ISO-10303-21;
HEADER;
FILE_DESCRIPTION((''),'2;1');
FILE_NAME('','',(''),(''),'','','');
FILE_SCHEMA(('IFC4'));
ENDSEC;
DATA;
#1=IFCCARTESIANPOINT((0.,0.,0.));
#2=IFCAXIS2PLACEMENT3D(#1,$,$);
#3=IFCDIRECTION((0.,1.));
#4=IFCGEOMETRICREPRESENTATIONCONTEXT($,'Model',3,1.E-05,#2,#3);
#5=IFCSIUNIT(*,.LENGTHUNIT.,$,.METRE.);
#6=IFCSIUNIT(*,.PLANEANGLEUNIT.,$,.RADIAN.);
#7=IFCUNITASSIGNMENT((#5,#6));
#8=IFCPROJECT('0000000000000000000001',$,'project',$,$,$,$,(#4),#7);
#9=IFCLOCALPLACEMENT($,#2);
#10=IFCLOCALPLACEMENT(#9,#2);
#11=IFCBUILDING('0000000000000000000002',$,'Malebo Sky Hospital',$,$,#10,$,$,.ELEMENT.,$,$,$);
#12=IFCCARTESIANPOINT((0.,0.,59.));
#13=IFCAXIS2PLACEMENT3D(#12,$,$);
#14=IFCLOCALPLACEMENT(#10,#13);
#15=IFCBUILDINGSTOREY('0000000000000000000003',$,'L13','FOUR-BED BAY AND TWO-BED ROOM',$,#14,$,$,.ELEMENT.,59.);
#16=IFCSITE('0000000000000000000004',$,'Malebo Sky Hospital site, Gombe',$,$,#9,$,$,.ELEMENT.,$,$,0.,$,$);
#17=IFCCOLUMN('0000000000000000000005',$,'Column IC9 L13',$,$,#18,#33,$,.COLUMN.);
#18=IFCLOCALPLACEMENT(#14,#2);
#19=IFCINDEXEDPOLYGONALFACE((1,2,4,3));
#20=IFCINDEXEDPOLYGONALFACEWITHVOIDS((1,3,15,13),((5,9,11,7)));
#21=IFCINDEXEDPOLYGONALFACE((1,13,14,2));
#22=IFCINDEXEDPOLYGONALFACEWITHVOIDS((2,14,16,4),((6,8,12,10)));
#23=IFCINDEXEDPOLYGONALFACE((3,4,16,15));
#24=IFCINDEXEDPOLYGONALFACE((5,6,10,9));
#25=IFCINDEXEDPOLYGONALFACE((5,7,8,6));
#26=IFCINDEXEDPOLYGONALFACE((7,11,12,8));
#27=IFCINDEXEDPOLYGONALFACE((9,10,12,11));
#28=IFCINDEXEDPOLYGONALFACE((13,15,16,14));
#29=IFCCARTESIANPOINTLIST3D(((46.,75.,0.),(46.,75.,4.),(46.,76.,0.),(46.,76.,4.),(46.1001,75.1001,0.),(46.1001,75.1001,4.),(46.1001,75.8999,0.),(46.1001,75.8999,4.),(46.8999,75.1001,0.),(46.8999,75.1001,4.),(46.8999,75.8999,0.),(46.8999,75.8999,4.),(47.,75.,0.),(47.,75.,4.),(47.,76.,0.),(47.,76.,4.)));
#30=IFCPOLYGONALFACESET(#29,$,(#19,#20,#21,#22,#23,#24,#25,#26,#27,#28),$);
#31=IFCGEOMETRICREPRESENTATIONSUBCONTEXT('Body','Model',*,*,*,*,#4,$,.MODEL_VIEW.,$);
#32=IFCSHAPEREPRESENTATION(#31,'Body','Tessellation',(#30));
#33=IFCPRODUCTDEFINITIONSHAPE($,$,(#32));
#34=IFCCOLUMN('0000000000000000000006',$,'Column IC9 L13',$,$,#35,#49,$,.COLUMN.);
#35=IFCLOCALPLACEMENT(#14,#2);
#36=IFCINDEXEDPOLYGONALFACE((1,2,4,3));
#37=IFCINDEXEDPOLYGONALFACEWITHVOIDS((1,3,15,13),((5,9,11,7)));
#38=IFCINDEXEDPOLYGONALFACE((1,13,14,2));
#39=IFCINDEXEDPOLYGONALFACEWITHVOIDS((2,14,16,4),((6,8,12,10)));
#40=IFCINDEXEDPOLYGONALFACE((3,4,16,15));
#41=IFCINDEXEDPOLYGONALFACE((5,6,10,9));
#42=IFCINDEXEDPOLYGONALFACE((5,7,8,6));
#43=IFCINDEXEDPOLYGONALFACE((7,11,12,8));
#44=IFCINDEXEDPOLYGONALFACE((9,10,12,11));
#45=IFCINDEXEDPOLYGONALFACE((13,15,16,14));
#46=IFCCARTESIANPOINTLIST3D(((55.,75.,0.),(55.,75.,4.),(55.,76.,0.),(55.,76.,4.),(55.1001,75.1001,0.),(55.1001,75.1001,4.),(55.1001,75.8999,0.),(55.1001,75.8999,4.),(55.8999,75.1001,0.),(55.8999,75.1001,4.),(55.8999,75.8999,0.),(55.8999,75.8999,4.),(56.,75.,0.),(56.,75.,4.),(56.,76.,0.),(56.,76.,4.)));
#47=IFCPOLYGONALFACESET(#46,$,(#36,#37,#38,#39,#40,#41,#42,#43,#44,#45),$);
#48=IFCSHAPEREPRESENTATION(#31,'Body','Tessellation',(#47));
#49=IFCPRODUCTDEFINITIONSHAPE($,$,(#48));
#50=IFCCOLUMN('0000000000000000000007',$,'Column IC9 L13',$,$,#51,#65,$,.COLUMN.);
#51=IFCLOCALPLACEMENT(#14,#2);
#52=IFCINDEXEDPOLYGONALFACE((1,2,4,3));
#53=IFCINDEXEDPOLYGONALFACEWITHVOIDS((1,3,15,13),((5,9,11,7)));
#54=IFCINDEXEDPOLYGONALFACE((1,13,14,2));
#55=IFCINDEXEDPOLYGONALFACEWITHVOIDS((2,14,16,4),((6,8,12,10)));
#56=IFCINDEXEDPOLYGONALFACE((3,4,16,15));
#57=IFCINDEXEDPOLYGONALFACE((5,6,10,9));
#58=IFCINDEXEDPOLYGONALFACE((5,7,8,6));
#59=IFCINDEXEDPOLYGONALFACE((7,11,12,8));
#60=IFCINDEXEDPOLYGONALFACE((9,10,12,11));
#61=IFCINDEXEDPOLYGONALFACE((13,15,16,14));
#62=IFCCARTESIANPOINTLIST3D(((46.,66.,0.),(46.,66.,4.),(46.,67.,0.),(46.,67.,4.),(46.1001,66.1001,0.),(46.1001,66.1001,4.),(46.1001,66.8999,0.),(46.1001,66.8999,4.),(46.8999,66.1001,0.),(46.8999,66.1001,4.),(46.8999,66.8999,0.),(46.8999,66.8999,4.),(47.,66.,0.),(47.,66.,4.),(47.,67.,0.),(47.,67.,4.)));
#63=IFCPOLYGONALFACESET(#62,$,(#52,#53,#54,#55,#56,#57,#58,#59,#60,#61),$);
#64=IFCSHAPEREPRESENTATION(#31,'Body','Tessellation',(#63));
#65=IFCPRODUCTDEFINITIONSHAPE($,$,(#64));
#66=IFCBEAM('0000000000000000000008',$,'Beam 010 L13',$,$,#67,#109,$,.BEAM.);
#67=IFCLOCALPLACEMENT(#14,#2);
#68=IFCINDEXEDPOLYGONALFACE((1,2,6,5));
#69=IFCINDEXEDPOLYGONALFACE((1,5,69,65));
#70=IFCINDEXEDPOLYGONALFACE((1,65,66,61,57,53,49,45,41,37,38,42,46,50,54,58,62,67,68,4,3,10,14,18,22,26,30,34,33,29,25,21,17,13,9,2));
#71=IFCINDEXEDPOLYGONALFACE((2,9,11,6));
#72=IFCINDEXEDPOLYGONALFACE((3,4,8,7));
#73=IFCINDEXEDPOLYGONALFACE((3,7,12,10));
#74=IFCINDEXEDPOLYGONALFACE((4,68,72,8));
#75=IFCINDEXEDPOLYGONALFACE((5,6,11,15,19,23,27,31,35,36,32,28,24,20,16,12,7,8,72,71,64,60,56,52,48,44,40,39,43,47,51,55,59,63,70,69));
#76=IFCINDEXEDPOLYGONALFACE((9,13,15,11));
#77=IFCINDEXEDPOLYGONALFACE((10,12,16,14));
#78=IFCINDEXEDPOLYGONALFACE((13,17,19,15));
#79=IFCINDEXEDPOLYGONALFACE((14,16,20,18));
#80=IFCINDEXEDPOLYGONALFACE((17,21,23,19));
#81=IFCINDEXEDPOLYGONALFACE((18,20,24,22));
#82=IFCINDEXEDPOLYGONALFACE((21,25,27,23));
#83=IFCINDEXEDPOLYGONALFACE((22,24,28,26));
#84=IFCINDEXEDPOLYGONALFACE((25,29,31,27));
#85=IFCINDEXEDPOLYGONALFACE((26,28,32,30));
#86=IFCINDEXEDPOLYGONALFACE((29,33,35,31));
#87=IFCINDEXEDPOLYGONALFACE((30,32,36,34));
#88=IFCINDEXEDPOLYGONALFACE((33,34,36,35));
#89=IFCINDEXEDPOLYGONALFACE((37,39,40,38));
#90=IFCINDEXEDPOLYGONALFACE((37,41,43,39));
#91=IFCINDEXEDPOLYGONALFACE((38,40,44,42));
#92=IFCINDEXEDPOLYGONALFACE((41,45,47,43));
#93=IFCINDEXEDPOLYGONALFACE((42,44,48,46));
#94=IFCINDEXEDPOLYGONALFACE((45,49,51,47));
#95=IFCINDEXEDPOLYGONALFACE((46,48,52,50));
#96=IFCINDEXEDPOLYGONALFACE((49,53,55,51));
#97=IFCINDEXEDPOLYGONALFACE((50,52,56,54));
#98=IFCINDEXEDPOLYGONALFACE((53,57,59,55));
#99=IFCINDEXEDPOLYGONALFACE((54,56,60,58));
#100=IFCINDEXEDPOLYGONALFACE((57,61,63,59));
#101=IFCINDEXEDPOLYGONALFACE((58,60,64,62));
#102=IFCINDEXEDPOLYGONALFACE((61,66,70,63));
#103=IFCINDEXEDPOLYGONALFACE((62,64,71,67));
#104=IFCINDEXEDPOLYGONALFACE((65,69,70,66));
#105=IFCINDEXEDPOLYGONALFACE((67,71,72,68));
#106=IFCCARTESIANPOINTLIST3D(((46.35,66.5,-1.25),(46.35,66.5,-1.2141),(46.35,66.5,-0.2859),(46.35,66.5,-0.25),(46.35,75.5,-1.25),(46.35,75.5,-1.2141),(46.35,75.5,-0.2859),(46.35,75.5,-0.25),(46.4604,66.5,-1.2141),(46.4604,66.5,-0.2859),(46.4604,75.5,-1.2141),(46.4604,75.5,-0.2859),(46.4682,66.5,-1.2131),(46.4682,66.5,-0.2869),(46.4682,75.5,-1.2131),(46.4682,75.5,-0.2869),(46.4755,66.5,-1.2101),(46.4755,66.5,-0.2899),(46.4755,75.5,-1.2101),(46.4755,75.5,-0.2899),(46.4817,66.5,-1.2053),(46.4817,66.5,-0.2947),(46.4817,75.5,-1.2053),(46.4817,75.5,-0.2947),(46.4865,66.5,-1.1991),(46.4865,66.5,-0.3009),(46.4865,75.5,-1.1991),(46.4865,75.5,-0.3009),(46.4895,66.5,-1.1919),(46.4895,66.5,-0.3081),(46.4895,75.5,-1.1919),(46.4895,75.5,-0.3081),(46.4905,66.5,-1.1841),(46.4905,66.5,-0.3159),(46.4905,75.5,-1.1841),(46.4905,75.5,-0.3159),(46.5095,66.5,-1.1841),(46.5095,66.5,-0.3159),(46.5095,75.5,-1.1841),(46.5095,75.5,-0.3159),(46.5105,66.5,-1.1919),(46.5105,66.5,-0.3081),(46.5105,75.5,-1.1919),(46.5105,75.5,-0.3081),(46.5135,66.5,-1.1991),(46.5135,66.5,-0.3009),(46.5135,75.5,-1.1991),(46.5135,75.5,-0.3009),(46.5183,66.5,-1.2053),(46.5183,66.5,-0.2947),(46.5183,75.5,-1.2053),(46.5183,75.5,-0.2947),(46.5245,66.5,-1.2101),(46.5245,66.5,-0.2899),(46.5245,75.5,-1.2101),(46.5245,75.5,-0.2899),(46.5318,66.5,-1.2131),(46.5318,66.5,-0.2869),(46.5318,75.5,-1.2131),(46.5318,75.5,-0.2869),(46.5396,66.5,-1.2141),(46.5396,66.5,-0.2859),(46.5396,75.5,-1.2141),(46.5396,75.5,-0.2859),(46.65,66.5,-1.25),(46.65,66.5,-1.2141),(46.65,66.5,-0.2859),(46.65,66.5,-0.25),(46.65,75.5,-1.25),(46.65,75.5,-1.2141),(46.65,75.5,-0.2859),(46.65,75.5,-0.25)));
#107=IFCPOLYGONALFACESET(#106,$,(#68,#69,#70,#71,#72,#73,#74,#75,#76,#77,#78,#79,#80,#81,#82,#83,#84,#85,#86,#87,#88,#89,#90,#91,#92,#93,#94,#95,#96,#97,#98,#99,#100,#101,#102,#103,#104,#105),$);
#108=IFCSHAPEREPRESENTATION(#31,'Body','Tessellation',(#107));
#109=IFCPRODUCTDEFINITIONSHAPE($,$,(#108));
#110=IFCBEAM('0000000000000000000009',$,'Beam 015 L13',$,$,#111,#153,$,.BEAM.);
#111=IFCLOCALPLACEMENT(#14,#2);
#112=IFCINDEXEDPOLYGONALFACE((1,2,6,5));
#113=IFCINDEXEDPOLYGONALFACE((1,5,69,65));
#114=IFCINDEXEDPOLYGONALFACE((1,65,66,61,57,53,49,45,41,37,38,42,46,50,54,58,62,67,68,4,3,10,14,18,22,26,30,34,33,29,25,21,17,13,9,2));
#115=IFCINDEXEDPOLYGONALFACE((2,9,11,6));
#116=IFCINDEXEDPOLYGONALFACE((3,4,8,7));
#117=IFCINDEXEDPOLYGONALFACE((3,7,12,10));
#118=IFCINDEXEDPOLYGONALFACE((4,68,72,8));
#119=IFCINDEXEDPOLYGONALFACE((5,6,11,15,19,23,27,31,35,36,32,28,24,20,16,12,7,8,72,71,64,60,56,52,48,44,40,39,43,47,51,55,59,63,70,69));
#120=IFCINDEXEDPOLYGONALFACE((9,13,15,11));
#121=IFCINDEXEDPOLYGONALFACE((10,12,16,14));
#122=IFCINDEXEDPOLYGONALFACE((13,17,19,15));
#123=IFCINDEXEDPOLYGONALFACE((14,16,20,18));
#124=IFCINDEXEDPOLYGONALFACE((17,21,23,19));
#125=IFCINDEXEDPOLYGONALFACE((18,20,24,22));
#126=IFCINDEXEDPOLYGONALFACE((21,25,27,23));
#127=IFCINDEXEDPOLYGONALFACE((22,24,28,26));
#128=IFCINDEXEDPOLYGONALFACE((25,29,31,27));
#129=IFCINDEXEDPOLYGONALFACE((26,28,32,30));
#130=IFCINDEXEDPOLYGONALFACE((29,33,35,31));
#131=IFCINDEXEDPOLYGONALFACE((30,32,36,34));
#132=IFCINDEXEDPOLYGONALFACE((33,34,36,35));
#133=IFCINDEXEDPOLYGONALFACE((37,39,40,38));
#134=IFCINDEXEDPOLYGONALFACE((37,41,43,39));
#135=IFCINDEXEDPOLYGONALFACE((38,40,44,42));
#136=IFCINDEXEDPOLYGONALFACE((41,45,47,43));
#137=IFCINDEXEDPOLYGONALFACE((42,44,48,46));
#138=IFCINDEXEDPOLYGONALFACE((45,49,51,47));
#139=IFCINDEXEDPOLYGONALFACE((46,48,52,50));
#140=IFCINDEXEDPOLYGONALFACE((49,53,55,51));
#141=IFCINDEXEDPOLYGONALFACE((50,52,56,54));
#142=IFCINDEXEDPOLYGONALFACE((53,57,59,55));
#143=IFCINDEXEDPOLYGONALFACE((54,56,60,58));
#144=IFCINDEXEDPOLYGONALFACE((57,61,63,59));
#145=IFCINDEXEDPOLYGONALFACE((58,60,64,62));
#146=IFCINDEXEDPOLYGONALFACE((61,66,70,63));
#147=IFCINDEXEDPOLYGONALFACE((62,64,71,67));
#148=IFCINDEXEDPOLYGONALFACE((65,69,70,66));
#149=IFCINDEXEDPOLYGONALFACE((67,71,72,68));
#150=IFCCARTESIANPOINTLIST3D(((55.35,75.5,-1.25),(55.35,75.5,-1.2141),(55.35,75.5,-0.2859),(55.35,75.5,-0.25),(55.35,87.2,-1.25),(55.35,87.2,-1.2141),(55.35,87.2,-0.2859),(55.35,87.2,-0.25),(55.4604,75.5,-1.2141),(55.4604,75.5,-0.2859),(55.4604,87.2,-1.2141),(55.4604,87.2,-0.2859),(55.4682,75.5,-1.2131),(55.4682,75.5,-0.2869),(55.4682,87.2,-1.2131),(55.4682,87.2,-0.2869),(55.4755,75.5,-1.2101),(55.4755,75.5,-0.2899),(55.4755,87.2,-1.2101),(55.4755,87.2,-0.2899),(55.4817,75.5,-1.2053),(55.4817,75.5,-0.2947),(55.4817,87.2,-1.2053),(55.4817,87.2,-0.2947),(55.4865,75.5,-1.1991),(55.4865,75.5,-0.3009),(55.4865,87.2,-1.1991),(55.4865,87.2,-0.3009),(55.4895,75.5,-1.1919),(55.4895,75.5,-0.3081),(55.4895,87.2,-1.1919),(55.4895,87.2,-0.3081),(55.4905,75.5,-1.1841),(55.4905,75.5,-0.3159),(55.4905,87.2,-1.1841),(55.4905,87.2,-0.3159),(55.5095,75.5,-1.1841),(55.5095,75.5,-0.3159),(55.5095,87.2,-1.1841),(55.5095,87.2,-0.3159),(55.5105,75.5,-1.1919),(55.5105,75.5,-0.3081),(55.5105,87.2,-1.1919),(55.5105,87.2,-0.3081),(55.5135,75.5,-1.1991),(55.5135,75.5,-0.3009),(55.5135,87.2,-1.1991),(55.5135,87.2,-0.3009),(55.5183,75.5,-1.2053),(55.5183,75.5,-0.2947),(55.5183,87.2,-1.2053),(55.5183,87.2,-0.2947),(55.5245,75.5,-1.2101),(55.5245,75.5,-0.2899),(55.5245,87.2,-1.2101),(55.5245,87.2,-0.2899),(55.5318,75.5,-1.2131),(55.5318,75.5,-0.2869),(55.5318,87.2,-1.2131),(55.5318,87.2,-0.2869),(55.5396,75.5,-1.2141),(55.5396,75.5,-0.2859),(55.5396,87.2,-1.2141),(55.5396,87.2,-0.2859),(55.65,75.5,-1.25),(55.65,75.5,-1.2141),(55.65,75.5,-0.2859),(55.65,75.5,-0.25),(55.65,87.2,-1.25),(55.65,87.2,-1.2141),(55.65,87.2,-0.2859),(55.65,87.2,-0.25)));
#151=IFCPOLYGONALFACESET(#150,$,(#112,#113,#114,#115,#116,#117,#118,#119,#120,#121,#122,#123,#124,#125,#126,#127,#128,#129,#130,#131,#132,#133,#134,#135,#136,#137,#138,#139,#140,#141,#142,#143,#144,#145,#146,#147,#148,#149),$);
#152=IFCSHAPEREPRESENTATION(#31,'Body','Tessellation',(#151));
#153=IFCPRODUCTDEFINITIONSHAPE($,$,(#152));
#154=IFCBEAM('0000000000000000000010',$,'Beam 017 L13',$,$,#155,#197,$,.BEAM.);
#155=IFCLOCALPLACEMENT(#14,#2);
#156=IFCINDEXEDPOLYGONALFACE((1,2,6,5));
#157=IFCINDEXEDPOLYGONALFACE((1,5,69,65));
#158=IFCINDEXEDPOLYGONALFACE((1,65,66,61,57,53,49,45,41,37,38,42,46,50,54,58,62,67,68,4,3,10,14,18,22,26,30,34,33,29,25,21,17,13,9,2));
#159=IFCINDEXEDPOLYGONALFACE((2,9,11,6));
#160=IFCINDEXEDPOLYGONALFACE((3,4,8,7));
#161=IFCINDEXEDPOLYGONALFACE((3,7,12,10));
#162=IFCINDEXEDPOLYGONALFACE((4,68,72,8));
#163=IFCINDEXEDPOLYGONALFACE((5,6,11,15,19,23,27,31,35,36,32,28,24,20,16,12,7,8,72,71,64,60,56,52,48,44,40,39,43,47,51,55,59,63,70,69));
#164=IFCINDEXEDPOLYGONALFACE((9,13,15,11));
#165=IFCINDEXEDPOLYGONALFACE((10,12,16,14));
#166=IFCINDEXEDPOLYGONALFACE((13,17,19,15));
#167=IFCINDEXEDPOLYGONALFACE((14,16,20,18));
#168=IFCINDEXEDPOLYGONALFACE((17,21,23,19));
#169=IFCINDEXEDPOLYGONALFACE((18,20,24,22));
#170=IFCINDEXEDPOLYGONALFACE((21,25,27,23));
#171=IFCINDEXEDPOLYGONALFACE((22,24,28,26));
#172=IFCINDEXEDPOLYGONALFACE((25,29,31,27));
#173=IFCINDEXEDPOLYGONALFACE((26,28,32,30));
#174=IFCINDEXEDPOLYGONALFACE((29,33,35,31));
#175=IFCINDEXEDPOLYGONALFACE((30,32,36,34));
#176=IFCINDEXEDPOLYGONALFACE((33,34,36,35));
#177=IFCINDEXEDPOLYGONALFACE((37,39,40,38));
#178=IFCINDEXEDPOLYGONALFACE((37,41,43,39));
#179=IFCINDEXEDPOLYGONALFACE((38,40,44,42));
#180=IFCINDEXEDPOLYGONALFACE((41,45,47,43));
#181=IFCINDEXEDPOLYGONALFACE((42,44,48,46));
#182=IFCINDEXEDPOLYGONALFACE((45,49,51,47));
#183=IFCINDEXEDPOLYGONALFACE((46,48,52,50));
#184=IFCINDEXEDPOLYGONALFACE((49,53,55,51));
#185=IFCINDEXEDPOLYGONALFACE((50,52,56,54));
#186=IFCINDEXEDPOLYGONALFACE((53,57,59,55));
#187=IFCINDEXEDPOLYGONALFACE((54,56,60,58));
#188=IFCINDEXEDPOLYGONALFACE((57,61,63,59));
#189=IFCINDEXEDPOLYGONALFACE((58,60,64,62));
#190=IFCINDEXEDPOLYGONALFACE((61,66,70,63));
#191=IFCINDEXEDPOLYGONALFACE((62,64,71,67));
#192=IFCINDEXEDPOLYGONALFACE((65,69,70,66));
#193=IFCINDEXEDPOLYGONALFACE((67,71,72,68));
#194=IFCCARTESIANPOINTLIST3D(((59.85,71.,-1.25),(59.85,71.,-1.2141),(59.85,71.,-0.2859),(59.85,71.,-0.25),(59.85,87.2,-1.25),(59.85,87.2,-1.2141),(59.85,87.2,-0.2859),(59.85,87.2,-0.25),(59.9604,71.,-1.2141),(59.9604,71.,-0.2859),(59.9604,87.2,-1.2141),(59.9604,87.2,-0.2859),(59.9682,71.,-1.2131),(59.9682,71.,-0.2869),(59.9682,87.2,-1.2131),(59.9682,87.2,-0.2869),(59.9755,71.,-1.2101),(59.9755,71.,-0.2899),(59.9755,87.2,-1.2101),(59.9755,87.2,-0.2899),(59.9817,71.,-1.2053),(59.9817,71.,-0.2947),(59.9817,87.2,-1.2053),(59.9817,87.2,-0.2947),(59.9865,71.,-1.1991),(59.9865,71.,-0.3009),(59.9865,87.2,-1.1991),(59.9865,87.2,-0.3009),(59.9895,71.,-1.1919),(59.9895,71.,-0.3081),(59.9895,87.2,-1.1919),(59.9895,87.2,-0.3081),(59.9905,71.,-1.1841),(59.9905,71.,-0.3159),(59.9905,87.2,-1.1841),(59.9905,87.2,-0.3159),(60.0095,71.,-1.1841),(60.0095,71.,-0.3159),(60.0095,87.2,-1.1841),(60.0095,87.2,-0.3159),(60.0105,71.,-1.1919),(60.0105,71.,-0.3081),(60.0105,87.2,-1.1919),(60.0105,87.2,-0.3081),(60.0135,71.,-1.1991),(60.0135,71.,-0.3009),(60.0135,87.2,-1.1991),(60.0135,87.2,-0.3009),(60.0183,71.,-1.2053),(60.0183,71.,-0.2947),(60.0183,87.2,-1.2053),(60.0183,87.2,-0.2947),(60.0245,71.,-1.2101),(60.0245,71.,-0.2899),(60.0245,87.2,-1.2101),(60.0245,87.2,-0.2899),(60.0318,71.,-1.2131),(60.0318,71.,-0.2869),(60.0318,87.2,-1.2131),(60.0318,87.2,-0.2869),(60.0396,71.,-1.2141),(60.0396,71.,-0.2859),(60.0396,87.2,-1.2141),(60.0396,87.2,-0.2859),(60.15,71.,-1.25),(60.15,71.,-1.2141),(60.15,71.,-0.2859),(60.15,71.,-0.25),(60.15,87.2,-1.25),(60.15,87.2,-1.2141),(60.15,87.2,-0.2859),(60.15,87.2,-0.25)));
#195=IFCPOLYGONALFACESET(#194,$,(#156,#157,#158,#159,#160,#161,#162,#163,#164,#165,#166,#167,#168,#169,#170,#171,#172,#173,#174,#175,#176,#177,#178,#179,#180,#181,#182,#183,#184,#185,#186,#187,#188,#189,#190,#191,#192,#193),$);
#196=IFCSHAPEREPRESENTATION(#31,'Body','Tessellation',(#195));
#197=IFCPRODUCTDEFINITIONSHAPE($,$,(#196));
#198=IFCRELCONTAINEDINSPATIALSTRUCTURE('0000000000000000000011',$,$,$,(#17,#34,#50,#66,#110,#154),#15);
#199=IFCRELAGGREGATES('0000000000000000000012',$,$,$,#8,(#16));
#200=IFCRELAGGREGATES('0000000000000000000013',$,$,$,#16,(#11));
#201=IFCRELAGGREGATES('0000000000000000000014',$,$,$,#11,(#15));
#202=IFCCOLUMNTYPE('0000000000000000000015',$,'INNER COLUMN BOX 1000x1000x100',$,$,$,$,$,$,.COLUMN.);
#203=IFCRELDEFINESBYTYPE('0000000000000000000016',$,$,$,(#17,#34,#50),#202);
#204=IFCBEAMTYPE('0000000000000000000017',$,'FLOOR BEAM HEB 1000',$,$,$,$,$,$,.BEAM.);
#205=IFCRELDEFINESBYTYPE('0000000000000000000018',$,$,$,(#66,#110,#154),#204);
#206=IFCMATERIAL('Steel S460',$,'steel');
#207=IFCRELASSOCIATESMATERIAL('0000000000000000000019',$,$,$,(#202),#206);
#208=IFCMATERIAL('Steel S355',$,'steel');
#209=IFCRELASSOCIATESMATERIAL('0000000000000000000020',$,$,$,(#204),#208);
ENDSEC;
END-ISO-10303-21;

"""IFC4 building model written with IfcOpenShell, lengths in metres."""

from ifc_helpers import new_model, si_unit, direction, frame, origin, origin_2d, place, context, subcontext, project, spatial, hollow_rectangle, i_section, extrude, material, material_profile, profile_set, type_object, element, save


model = new_model("IFC4")

# Units and contexts
model_context = context("Model", 3, precision=1e-05, world=origin(), true_north=direction((0.0, 1.0)))
body_context = subcontext(model_context, "Body", "Model", "MODEL_VIEW")
ifc_project = project(units=[si_unit("LENGTHUNIT", "METRE"), si_unit("PLANEANGLEUNIT", "RADIAN")], contexts=[model_context])

# Site, building, storey
site_placement = place(None, origin())
site = spatial("IfcSite", under=ifc_project, at=site_placement, Name="Malebo Sky Hospital site, Gombe", CompositionType="ELEMENT", RefElevation=0.0)
building_placement = place(site_placement, origin())
building = spatial("IfcBuilding", under=site, at=building_placement, Name="Malebo Sky Hospital", CompositionType="ELEMENT")
storey_placement = place(building_placement, frame((0.0, 0.0, 59.0)))
storey = spatial("IfcBuildingStorey", under=building, at=storey_placement, Name="L13", Description="FOUR-BED BAY AND TWO-BED ROOM", CompositionType="ELEMENT", Elevation=59.0)

# Columns
ifc_material_1 = material(Name="Steel S460", Category="steel")
ifc_material_profile_1 = material_profile(ifc_material_1, hollow_rectangle(XDim=1.0, YDim=1.0, WallThickness=0.1001, at=origin_2d()), Name="BOX 1000x1000x100")
ifc_profile_set_1 = profile_set([ifc_material_profile_1], Name="Steel S460")
column_type = type_object("IfcColumnType", Name="INNER COLUMN BOX 1000x1000x100", PredefinedType="COLUMN", material=ifc_profile_set_1)
for number, where, z_axis, x_axis, name in (
    (1, (46.5, 75.5, 0.0), (0.0, 0.0, 1.0), (1.0, 0.0, 0.0), "Column IC9 L13"),
    (2, (55.5, 75.5, 0.0), (0.0, 0.0, 1.0), (1.0, 0.0, 0.0), "Column IC9 L13"),
    (3, (46.5, 66.5, 0.0), (0.0, 0.0, 1.0), (1.0, 0.0, 0.0), "Column IC9 L13"),
):
    element("IfcColumn", number, at=place(storey_placement, frame(where, z_axis=z_axis, x_axis=x_axis)), inside=storey, type_object=column_type, Name=name, PredefinedType="COLUMN", context=body_context, shape_type="SweptSolid", body=[
        extrude(hollow_rectangle(XDim=1.0, YDim=1.0, WallThickness=0.1001, at=origin_2d()), origin(), (0.0, 0.0, 1.0), 4.0),
    ])

# Beams
ifc_material_2 = material(Name="Steel S355", Category="steel")
ifc_material_profile_2 = material_profile(ifc_material_2, i_section(OverallWidth=0.3, OverallDepth=1.0, WebThickness=0.019, FlangeThickness=0.0359, FilletRadius=0.03, at=origin_2d()), Name="HEB 1000")
ifc_profile_set_2 = profile_set([ifc_material_profile_2], Name="Steel S355")
beam_type_1 = type_object("IfcBeamType", Name="FLOOR BEAM HEB 1000", PredefinedType="BEAM", material=ifc_profile_set_2)
beam_1_placement = place(storey_placement, frame((46.5, 66.5, -0.75), z_axis=(0.0, 1.0, 0.0), x_axis=(-1.0, 0.0, 0.0)))
element("IfcBeam", 4, at=beam_1_placement, inside=storey, type_object=beam_type_1, Name="Beam 010 L13", PredefinedType="BEAM", context=body_context, shape_type="SweptSolid", body=[
    extrude(i_section(OverallWidth=0.3, OverallDepth=1.0, WebThickness=0.019, FlangeThickness=0.0359, FilletRadius=0.03, at=origin_2d()), origin(), (0.0, 0.0, 1.0), 9.0),
])
beam_2_placement = place(storey_placement, frame((55.5, 75.5, -0.75), z_axis=(0.0, 1.0, 0.0), x_axis=(-1.0, 0.0, 0.0)))
element("IfcBeam", 5, at=beam_2_placement, inside=storey, type_object=beam_type_1, Name="Beam 015 L13", PredefinedType="BEAM", context=body_context, shape_type="SweptSolid", body=[
    extrude(i_section(OverallWidth=0.3, OverallDepth=1.0, WebThickness=0.019, FlangeThickness=0.0359, FilletRadius=0.03, at=origin_2d()), origin(), (0.0, 0.0, 1.0), 11.7),
])
beam_3_placement = place(storey_placement, frame((60.0, 71.0, -0.75), z_axis=(0.0, 1.0, 0.0), x_axis=(-1.0, 0.0, 0.0)))
element("IfcBeam", 6, at=beam_3_placement, inside=storey, type_object=beam_type_1, Name="Beam 017 L13", PredefinedType="BEAM", context=body_context, shape_type="SweptSolid", body=[
    extrude(i_section(OverallWidth=0.3, OverallDepth=1.0, WebThickness=0.019, FlangeThickness=0.0359, FilletRadius=0.03, at=origin_2d()), origin(), (0.0, 0.0, 1.0), 16.2),
])

save(model, "model.ifc")
